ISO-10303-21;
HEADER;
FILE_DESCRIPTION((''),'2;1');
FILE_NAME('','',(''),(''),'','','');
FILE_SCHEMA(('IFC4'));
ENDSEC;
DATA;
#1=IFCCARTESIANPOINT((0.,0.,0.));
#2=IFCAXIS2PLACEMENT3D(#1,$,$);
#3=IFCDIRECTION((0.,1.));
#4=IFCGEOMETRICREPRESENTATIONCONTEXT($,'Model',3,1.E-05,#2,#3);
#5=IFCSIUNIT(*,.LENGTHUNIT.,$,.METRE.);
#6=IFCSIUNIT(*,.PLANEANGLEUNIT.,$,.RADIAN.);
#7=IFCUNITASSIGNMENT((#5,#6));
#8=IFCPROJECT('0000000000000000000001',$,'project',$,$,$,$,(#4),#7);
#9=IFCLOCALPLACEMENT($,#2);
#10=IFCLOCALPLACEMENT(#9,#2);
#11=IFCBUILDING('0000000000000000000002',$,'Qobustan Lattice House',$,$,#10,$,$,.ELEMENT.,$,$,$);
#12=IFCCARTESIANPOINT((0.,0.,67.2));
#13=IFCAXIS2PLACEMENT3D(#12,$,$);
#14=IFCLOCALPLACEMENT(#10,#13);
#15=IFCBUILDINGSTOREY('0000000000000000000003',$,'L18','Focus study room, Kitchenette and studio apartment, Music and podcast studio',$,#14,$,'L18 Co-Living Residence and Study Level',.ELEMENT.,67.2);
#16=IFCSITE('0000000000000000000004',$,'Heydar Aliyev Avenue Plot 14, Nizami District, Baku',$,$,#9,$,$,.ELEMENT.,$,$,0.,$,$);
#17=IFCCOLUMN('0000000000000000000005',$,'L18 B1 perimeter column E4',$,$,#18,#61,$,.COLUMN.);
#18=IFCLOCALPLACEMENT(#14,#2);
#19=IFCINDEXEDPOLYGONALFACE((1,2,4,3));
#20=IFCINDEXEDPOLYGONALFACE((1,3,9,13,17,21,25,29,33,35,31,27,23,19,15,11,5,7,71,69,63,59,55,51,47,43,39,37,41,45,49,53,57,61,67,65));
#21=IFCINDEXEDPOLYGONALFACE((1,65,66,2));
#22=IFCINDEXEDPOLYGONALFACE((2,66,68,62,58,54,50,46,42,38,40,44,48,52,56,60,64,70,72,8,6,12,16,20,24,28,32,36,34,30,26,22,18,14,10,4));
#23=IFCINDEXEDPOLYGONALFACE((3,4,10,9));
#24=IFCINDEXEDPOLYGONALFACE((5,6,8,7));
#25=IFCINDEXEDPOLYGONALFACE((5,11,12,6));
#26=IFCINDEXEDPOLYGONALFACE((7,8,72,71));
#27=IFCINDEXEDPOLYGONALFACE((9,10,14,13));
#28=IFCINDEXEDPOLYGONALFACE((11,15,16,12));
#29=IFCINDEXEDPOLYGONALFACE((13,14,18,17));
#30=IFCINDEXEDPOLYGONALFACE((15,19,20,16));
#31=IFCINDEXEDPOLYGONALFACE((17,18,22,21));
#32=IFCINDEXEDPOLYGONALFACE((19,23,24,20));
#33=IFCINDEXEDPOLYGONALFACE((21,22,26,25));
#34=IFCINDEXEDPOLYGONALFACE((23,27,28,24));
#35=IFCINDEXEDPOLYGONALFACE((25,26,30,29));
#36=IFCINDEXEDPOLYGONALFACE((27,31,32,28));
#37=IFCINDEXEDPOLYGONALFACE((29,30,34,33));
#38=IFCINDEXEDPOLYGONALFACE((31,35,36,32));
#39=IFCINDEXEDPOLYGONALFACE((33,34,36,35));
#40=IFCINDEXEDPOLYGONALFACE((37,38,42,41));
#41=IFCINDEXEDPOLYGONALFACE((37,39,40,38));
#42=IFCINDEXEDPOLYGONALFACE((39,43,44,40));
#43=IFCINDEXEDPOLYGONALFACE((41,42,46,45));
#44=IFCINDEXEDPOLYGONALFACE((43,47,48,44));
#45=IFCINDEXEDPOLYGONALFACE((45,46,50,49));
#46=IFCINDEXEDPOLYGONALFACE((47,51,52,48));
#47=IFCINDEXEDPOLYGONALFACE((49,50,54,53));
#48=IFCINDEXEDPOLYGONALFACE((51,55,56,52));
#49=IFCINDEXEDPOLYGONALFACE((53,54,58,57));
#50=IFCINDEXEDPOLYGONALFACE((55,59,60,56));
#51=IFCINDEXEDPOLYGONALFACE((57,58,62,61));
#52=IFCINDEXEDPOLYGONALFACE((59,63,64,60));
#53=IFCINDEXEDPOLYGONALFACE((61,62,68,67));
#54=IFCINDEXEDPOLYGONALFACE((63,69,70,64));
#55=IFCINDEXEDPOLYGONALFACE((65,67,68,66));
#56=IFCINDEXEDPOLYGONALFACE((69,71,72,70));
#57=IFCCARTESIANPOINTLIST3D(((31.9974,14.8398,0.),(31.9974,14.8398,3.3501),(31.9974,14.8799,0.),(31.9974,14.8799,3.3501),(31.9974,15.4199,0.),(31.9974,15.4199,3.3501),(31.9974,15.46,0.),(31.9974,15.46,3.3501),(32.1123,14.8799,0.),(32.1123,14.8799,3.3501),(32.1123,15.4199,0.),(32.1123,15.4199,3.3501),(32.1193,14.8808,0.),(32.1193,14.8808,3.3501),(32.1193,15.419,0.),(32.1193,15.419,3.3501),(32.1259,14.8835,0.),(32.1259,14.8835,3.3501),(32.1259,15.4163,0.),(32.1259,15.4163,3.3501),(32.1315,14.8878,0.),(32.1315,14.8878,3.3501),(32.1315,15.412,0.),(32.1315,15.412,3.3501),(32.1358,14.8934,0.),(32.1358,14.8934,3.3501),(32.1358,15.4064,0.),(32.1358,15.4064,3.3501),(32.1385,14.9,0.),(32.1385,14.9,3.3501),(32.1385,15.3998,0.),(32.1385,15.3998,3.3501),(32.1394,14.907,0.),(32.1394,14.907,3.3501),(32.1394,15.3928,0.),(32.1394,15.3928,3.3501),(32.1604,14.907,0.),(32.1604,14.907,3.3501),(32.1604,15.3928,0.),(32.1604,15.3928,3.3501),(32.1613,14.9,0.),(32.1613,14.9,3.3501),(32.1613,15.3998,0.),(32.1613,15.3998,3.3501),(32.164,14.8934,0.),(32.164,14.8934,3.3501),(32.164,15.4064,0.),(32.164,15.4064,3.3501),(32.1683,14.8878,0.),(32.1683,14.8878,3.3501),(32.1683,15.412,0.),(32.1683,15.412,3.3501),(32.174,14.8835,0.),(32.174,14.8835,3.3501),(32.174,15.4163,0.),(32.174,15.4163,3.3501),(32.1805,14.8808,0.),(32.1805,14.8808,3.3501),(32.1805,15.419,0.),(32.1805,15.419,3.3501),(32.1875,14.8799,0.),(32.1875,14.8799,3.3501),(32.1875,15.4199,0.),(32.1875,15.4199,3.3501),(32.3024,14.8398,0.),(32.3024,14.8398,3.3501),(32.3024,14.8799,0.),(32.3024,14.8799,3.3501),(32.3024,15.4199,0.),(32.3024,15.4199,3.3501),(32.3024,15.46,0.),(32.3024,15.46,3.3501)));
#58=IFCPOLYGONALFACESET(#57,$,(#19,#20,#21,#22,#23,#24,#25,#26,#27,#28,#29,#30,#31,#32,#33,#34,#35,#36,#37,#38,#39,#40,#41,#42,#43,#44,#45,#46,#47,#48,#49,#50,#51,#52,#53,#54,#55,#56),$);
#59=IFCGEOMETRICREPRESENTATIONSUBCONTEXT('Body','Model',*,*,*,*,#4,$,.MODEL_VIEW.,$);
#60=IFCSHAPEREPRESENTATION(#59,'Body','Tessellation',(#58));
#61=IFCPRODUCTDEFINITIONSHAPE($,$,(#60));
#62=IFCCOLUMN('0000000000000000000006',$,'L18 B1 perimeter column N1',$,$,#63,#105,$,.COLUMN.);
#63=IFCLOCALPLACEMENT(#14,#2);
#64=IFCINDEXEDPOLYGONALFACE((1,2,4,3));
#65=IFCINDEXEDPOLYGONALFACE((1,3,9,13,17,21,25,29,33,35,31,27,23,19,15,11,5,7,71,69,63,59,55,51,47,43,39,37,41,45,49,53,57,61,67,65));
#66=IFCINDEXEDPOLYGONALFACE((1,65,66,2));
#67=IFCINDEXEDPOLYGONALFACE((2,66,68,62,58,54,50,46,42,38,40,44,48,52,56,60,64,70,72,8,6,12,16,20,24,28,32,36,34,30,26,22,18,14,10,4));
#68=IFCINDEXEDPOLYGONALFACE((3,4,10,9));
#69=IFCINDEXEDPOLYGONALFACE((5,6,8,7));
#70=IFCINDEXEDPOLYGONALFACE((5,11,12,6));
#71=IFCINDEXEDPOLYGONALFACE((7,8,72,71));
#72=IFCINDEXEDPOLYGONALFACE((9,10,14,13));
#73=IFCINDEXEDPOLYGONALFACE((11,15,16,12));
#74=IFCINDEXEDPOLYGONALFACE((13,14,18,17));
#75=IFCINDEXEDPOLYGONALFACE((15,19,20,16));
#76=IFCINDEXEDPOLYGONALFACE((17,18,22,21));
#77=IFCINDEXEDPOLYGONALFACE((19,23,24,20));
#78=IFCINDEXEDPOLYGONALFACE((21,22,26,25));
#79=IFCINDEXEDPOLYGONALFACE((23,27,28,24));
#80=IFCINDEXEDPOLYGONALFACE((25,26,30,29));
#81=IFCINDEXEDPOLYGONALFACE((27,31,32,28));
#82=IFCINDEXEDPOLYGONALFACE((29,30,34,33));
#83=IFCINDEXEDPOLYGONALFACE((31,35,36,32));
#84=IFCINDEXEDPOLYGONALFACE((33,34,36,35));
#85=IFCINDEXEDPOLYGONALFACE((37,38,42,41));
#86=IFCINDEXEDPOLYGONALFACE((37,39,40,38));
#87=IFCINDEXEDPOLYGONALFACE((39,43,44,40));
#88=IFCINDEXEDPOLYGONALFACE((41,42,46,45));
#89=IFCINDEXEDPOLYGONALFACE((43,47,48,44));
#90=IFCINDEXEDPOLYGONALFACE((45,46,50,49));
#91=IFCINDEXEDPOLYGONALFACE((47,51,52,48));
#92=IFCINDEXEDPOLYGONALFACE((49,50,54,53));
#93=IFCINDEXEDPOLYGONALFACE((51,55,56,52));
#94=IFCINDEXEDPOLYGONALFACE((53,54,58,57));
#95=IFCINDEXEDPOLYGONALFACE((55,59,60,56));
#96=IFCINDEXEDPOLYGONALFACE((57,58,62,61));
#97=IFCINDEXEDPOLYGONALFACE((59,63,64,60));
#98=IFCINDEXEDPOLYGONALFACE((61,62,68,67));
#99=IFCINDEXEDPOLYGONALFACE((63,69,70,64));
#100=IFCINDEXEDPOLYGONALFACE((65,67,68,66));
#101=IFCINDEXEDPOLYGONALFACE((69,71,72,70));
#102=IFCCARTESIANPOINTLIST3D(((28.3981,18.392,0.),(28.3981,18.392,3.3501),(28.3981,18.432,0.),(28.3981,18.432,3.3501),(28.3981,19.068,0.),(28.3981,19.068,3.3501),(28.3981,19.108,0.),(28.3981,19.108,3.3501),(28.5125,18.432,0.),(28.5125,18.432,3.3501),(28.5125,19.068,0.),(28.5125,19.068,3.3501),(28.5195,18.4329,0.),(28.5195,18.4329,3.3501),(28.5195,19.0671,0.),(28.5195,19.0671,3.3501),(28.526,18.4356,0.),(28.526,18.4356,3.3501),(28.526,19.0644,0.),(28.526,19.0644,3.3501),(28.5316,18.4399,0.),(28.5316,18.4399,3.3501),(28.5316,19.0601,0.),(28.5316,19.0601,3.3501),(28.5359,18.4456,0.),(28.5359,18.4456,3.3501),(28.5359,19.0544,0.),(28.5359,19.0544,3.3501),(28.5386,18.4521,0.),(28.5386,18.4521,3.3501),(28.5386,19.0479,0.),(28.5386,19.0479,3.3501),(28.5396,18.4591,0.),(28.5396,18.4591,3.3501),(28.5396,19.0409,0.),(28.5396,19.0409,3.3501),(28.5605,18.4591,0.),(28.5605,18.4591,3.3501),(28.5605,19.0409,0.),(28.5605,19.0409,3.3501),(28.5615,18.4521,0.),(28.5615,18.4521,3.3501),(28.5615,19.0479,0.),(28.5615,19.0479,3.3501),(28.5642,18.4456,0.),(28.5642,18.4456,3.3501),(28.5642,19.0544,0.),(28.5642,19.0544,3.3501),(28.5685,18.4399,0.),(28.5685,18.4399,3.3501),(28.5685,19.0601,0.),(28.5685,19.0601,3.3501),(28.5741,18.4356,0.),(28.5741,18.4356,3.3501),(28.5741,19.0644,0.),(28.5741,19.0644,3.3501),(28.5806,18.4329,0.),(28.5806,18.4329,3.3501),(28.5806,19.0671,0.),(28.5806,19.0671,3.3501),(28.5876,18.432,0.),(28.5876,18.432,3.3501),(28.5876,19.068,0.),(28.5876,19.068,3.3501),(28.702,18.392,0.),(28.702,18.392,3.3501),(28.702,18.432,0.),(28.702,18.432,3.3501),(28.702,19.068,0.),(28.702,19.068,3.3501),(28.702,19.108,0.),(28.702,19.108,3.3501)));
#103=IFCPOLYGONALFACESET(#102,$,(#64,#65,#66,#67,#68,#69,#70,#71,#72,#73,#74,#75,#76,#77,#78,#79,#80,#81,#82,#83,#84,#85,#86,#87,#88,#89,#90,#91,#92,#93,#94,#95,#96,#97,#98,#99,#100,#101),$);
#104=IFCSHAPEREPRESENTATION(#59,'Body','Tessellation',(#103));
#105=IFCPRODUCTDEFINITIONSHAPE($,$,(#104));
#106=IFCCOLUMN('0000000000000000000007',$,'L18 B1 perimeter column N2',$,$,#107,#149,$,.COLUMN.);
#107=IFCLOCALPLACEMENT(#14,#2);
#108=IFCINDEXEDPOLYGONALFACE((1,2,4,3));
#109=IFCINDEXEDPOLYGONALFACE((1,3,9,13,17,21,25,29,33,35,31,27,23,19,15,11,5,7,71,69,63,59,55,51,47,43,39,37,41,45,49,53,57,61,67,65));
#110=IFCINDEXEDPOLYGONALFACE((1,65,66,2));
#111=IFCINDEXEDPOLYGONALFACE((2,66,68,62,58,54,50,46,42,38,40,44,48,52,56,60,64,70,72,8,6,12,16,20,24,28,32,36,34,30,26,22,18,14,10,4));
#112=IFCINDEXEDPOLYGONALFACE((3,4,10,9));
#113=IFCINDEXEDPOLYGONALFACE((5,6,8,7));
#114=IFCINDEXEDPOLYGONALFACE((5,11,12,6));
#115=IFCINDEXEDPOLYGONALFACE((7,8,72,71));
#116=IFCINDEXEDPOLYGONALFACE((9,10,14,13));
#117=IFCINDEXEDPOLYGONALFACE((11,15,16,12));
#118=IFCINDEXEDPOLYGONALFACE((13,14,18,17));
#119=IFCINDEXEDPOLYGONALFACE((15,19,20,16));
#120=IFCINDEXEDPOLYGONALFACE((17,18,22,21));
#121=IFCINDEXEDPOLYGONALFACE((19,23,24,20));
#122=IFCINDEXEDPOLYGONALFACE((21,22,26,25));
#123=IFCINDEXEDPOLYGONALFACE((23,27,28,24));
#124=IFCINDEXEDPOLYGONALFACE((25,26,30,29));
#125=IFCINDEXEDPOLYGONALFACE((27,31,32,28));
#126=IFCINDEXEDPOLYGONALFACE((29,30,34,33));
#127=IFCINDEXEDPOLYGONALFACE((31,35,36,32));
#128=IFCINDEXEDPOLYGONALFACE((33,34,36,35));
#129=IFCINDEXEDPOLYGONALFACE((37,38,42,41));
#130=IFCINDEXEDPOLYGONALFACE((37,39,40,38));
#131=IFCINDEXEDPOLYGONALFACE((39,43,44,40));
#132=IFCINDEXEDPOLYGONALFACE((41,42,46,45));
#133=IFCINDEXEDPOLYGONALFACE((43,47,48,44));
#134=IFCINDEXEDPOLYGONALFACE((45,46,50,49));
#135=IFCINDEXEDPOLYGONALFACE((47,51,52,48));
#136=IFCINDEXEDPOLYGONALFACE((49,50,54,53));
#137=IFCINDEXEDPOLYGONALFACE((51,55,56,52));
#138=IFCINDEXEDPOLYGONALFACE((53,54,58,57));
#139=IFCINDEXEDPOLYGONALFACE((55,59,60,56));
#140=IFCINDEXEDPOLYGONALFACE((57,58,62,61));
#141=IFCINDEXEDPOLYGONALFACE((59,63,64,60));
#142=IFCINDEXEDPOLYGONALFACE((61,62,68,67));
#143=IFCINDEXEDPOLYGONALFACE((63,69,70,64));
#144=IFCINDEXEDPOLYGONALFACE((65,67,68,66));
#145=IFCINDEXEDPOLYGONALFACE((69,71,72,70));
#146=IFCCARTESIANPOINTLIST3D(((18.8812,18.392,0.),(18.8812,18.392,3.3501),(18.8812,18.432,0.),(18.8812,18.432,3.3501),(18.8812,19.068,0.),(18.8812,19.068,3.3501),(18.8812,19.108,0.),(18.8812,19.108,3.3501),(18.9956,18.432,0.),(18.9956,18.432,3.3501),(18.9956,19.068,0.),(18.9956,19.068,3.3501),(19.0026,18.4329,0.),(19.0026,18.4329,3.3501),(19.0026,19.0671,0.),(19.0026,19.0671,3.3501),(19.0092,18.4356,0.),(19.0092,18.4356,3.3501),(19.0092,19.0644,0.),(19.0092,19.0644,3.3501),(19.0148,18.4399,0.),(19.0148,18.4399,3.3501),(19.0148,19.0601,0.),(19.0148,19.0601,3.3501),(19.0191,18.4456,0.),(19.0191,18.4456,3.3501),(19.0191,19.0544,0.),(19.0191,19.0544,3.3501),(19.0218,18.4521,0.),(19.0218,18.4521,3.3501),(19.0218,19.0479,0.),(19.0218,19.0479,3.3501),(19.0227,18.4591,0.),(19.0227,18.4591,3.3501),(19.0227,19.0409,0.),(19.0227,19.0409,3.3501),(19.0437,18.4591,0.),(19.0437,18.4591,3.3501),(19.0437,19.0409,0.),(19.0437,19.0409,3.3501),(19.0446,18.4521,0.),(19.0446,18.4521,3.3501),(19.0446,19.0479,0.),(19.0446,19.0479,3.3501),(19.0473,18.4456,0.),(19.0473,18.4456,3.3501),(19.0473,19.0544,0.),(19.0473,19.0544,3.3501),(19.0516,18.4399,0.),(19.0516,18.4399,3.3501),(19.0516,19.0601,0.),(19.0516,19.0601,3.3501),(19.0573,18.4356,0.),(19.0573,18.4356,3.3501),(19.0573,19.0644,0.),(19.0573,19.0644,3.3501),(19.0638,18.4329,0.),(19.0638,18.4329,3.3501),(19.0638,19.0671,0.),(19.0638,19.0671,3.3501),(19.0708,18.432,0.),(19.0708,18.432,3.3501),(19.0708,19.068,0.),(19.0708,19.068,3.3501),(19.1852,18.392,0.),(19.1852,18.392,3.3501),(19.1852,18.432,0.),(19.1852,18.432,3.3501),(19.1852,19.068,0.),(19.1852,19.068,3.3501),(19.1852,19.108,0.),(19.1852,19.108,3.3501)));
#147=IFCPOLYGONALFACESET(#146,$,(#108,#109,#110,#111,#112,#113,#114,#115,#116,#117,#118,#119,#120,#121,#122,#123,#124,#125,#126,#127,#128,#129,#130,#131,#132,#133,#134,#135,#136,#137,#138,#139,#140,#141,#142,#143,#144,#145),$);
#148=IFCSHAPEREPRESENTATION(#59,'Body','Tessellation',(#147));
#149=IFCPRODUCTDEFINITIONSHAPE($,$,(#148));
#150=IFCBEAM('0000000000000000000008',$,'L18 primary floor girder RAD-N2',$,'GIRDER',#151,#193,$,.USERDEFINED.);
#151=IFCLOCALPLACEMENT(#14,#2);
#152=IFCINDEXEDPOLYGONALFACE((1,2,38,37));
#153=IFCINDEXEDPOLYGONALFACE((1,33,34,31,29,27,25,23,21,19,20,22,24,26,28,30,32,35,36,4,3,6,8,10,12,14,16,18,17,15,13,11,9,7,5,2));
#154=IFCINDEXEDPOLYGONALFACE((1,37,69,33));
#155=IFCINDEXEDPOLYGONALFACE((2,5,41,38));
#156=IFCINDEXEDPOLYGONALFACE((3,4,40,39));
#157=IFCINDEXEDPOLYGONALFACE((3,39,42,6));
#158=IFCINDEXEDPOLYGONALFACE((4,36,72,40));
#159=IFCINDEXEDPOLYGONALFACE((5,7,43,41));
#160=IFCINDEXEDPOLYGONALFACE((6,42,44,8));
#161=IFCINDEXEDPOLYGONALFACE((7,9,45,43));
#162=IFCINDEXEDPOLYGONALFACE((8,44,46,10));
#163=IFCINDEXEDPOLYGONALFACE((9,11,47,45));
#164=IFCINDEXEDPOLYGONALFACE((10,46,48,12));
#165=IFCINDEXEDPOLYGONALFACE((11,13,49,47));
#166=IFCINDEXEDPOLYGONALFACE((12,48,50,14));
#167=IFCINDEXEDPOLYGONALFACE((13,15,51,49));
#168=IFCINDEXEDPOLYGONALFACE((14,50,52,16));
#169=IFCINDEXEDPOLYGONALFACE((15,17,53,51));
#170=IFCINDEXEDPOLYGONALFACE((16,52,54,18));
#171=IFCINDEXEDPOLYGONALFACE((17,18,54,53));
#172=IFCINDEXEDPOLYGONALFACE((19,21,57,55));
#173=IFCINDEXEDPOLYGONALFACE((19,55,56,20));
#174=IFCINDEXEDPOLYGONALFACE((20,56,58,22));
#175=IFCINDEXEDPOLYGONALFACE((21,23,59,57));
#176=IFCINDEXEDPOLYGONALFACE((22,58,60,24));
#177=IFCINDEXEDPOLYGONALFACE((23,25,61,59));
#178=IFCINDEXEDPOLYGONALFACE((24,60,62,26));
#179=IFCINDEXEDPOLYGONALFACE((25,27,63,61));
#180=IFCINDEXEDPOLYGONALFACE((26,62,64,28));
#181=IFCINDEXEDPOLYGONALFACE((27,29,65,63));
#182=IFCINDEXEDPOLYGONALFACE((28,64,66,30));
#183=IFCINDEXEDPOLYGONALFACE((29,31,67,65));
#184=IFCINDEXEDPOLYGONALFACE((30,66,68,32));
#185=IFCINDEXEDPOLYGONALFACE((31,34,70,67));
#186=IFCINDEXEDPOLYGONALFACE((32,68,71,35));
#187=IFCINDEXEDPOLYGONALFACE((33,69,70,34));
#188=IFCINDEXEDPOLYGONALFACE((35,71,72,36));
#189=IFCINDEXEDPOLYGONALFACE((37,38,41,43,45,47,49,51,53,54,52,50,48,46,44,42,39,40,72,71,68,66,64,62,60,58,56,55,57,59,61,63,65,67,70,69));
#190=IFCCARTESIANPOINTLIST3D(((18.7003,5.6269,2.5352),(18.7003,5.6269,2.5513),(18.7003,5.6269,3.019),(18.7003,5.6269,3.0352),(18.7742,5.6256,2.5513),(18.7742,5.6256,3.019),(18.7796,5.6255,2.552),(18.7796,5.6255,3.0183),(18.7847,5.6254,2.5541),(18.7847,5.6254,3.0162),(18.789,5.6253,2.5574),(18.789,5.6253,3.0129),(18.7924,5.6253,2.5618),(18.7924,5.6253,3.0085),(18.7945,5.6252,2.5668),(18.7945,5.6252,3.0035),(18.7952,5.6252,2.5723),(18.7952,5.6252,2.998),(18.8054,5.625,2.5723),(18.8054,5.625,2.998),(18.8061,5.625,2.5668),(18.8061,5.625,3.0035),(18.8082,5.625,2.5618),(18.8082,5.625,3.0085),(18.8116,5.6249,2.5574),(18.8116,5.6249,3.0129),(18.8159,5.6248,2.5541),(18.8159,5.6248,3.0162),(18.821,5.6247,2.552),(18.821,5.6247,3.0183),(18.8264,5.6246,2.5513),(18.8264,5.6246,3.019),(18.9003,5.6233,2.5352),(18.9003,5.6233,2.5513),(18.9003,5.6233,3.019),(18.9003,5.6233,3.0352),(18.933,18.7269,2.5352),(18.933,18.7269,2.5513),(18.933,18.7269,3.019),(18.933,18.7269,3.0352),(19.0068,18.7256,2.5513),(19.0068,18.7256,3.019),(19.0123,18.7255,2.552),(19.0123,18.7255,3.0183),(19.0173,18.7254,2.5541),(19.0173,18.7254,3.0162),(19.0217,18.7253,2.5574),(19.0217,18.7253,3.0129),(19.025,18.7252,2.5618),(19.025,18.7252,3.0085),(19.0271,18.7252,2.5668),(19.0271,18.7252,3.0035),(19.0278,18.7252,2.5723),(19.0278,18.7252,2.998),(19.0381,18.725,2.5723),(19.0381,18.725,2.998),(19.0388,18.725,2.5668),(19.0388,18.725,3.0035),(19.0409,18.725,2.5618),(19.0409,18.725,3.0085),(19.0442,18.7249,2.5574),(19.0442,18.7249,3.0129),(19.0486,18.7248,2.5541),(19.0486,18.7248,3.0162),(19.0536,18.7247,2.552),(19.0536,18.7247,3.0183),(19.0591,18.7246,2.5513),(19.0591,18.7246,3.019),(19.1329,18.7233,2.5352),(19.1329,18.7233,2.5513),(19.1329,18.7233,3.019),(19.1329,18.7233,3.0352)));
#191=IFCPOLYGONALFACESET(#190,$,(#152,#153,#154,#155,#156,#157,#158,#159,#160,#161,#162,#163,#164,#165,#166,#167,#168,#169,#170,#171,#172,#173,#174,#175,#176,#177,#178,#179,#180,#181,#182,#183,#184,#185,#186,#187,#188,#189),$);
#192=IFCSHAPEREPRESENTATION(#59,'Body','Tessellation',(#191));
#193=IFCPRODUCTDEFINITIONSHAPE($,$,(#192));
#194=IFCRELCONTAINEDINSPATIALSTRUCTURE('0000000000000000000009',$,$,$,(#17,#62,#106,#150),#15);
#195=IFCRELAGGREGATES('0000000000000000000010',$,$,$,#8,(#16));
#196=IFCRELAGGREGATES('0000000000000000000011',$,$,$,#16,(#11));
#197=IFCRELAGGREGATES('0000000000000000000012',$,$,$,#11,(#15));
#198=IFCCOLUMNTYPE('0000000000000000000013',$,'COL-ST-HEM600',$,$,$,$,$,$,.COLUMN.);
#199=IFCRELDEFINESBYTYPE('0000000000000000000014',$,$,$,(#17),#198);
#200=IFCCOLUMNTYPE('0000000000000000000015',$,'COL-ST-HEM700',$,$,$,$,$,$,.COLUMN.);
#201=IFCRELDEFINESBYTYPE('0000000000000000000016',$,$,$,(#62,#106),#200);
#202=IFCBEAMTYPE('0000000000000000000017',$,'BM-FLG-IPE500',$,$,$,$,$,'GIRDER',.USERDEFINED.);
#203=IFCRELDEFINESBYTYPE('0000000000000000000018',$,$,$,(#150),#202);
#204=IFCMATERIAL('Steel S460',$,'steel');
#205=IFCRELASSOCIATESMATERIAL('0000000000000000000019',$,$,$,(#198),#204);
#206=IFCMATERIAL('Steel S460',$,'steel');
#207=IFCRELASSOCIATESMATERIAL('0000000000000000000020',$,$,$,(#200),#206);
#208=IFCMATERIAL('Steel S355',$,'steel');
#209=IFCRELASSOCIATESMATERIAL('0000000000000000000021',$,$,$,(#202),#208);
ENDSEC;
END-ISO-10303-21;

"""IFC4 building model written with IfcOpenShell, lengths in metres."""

from ifc_helpers import new_model, si_unit, direction, frame, origin, origin_2d, place, context, subcontext, project, spatial, i_section, extrude, material, material_profile, profile_set, type_object, element, save


model = new_model("IFC4")

# Units and contexts
model_context = context("Model", 3, precision=1e-05, world=origin(), true_north=direction((0.0, 1.0)))
body_context = subcontext(model_context, "Body", "Model", "MODEL_VIEW")
ifc_project = project(units=[si_unit("LENGTHUNIT", "METRE"), si_unit("PLANEANGLEUNIT", "RADIAN")], contexts=[model_context])

# Site, building, storey
site_placement = place(None, origin())
site = spatial("IfcSite", under=ifc_project, at=site_placement, Name="Heydar Aliyev Avenue Plot 14, Nizami District, Baku", CompositionType="ELEMENT", RefElevation=0.0)
building_placement = place(site_placement, origin())
building = spatial("IfcBuilding", under=site, at=building_placement, Name="Qobustan Lattice House", CompositionType="ELEMENT")
storey_placement = place(building_placement, frame((0.0, 0.0, 67.2)))
storey = spatial("IfcBuildingStorey", under=building, at=storey_placement, Name="L18", Description="Focus study room, Kitchenette and studio apartment, Music and podcast studio", LongName="L18 Co-Living Residence and Study Level", CompositionType="ELEMENT", Elevation=67.2)

# Columns
ifc_material_1 = material(Name="Steel S460", Category="steel")
ifc_material_profile_1 = material_profile(ifc_material_1, i_section(OverallWidth=0.3049, OverallDepth=0.6201, WebThickness=0.021, FlangeThickness=0.04, FilletRadius=0.0271, at=origin_2d()), Name="HEM600")
ifc_profile_set_1 = profile_set([ifc_material_profile_1], Name="Steel S460")
column_type_1 = type_object("IfcColumnType", Name="COL-ST-HEM600", PredefinedType="COLUMN", material=ifc_profile_set_1)
column_placement = place(storey_placement, frame((32.1499, 15.1499, 0.0), z_axis=(0.0, 0.0, 1.0), x_axis=(1.0, 0.0, 0.0)))
element("IfcColumn", 1, at=column_placement, inside=storey, type_object=column_type_1, Name="L18 B1 perimeter column E4", PredefinedType="COLUMN", context=body_context, shape_type="SweptSolid", body=[
    extrude(i_section(OverallWidth=0.3049, OverallDepth=0.6201, WebThickness=0.021, FlangeThickness=0.04, FilletRadius=0.0271, at=origin_2d()), origin(), (0.0, 0.0, 1.0), 3.3501),
])
ifc_material_2 = material(Name="Steel S460", Category="steel")
ifc_material_profile_2 = material_profile(ifc_material_2, i_section(OverallWidth=0.304, OverallDepth=0.7161, WebThickness=0.021, FlangeThickness=0.04, FilletRadius=0.0271, at=origin_2d()), Name="HEM700")
ifc_profile_set_2 = profile_set([ifc_material_profile_2], Name="Steel S460")
column_type_2 = type_object("IfcColumnType", Name="COL-ST-HEM700", PredefinedType="COLUMN", material=ifc_profile_set_2)
for number, where, z_axis, x_axis, name in (
    (2, (28.55, 18.75, 0.0), (0.0, 0.0, 1.0), (1.0, 0.0, 0.0), "L18 B1 perimeter column N1"),
    (3, (19.0332, 18.75, 0.0), (0.0, 0.0, 1.0), (1.0, 0.0, 0.0), "L18 B1 perimeter column N2"),
):
    element("IfcColumn", number, at=place(storey_placement, frame(where, z_axis=z_axis, x_axis=x_axis)), inside=storey, type_object=column_type_2, Name=name, PredefinedType="COLUMN", context=body_context, shape_type="SweptSolid", body=[
        extrude(i_section(OverallWidth=0.304, OverallDepth=0.7161, WebThickness=0.021, FlangeThickness=0.04, FilletRadius=0.0271, at=origin_2d()), origin(), (0.0, 0.0, 1.0), 3.3501),
    ])

# Beam
ifc_material_3 = material(Name="Steel S355", Category="steel")
ifc_material_profile_3 = material_profile(ifc_material_3, i_section(OverallWidth=0.2, OverallDepth=0.5, WebThickness=0.0103, FlangeThickness=0.0161, FilletRadius=0.021, at=origin_2d()), Name="IPE500")
ifc_profile_set_3 = profile_set([ifc_material_profile_3], Name="Steel S355")
beam_type_1 = type_object("IfcBeamType", Name="BM-FLG-IPE500", ElementType="GIRDER", PredefinedType="USERDEFINED", material=ifc_profile_set_3)
beam_1_placement = place(storey_placement, frame((19.033, 18.7251, 2.7852), z_axis=(-0.017758, -0.999842, 0.0), x_axis=(0.999842, -0.017758, 0.0)))
element("IfcBeam", 4, at=beam_1_placement, inside=storey, type_object=beam_type_1, Name="L18 primary floor girder RAD-N2", ObjectType="GIRDER", PredefinedType="USERDEFINED", context=body_context, shape_type="SweptSolid", body=[
    extrude(i_section(OverallWidth=0.2, OverallDepth=0.5, WebThickness=0.0103, FlangeThickness=0.0161, FilletRadius=0.021, at=origin_2d()), origin(), (0.0, 0.0, 1.0), 13.1021),
])

save(model, "model.ifc")
